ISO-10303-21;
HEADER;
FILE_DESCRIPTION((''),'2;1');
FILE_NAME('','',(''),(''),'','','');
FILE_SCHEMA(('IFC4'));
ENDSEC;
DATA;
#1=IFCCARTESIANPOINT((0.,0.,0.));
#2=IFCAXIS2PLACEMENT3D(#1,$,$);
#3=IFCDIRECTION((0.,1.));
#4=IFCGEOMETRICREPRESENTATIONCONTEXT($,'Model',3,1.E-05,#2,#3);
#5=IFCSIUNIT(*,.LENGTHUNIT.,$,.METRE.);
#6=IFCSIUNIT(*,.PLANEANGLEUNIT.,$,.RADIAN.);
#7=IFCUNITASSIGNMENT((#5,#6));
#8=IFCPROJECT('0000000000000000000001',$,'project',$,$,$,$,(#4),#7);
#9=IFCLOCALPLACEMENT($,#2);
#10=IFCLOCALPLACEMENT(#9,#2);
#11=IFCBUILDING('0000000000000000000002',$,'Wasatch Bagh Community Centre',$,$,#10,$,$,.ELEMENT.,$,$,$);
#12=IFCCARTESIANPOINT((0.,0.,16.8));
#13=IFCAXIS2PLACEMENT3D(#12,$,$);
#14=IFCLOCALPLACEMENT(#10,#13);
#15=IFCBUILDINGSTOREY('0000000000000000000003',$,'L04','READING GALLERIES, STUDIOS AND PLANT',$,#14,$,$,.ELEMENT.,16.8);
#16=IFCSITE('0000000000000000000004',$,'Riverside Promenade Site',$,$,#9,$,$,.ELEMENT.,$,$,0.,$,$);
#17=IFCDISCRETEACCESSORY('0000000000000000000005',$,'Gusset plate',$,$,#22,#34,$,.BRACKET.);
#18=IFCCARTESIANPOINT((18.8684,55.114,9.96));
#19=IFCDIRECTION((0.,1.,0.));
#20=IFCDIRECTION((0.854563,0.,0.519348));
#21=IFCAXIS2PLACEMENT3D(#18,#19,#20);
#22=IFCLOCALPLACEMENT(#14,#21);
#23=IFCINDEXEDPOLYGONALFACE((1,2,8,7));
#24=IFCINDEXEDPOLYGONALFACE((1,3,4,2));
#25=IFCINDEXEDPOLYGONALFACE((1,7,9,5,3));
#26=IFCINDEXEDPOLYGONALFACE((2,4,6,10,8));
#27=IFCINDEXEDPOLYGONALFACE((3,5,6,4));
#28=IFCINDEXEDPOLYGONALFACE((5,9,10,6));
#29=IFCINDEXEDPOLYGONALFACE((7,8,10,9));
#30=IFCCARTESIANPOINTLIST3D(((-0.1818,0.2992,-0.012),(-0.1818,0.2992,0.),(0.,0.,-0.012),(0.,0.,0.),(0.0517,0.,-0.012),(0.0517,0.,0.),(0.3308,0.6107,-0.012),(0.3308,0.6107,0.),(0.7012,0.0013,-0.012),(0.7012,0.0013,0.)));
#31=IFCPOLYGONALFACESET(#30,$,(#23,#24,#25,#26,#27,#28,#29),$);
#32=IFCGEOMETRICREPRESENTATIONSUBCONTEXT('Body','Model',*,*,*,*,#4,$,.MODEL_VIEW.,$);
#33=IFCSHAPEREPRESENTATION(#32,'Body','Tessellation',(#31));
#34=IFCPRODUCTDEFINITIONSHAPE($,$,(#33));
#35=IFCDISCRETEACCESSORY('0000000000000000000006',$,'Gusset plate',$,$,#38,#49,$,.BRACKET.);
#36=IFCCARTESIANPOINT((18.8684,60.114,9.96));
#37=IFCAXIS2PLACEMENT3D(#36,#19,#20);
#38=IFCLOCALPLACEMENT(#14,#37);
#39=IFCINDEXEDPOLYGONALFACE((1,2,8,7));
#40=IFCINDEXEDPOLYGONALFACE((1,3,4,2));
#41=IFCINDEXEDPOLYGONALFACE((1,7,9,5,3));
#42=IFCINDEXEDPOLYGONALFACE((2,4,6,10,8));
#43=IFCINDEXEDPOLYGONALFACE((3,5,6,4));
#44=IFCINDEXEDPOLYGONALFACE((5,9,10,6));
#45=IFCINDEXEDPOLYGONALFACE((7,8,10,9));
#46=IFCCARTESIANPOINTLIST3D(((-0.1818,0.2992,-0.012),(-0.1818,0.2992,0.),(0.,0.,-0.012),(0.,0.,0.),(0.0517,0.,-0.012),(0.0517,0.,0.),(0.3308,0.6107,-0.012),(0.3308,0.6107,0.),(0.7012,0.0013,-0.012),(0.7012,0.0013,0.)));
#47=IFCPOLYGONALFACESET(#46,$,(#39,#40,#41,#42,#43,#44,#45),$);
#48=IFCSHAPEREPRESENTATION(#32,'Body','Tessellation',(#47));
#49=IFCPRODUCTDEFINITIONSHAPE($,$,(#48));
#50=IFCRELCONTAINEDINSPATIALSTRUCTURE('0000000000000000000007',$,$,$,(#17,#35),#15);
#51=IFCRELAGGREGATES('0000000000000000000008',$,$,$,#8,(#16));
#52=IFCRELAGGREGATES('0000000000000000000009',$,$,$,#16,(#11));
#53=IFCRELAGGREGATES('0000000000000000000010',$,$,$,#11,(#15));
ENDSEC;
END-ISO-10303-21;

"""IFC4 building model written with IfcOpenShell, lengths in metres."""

from ifc_helpers import new_model, si_unit, direction, frame, origin, place, context, subcontext, project, spatial, polyline, outline, extrude, element, save


model = new_model("IFC4")

# Units and contexts
model_context = context("Model", 3, precision=1e-05, world=origin(), true_north=direction((0.0, 1.0)))
body_context = subcontext(model_context, "Body", "Model", "MODEL_VIEW")
ifc_project = project(units=[si_unit("LENGTHUNIT", "METRE"), si_unit("PLANEANGLEUNIT", "RADIAN")], contexts=[model_context])

# Site, building, storey
site_placement = place(None, origin())
site = spatial("IfcSite", under=ifc_project, at=site_placement, Name="Riverside Promenade Site", CompositionType="ELEMENT", RefElevation=0.0)
building_placement = place(site_placement, origin())
building = spatial("IfcBuilding", under=site, at=building_placement, Name="Wasatch Bagh Community Centre", CompositionType="ELEMENT")
storey_placement = place(building_placement, frame((0.0, 0.0, 16.8)))
storey = spatial("IfcBuildingStorey", under=building, at=storey_placement, Name="L04", Description="READING GALLERIES, STUDIOS AND PLANT", CompositionType="ELEMENT", Elevation=16.8)

# Discrete accessories
discrete_accessory_1_placement = place(storey_placement, frame((18.8684, 55.114, 9.96), z_axis=(0.0, 1.0, 0.0), x_axis=(0.854563, 0.0, 0.519348)))
element("IfcDiscreteAccessory", 1, at=discrete_accessory_1_placement, inside=storey, Name="Gusset plate", PredefinedType="BRACKET", context=body_context, shape_type="SweptSolid", body=[
    extrude(outline(polyline([(0.0, 0.0), (0.0517, 0.0), (0.7012, 0.0013), (0.3308, 0.6107), (-0.1818, 0.2992), (0.0, 0.0)])), origin(), (0.0, 0.0, -1.0), 0.012),
])
discrete_accessory_2_placement = place(storey_placement, frame((18.8684, 60.114, 9.96), z_axis=(0.0, 1.0, 0.0), x_axis=(0.854563, 0.0, 0.519348)))
element("IfcDiscreteAccessory", 2, at=discrete_accessory_2_placement, inside=storey, Name="Gusset plate", PredefinedType="BRACKET", context=body_context, shape_type="SweptSolid", body=[
    extrude(outline(polyline([(0.0, 0.0), (0.0517, 0.0), (0.7012, 0.0013), (0.3308, 0.6107), (-0.1818, 0.2992), (0.0, 0.0)])), origin(), (0.0, 0.0, -1.0), 0.012),
])

save(model, "model.ifc")
